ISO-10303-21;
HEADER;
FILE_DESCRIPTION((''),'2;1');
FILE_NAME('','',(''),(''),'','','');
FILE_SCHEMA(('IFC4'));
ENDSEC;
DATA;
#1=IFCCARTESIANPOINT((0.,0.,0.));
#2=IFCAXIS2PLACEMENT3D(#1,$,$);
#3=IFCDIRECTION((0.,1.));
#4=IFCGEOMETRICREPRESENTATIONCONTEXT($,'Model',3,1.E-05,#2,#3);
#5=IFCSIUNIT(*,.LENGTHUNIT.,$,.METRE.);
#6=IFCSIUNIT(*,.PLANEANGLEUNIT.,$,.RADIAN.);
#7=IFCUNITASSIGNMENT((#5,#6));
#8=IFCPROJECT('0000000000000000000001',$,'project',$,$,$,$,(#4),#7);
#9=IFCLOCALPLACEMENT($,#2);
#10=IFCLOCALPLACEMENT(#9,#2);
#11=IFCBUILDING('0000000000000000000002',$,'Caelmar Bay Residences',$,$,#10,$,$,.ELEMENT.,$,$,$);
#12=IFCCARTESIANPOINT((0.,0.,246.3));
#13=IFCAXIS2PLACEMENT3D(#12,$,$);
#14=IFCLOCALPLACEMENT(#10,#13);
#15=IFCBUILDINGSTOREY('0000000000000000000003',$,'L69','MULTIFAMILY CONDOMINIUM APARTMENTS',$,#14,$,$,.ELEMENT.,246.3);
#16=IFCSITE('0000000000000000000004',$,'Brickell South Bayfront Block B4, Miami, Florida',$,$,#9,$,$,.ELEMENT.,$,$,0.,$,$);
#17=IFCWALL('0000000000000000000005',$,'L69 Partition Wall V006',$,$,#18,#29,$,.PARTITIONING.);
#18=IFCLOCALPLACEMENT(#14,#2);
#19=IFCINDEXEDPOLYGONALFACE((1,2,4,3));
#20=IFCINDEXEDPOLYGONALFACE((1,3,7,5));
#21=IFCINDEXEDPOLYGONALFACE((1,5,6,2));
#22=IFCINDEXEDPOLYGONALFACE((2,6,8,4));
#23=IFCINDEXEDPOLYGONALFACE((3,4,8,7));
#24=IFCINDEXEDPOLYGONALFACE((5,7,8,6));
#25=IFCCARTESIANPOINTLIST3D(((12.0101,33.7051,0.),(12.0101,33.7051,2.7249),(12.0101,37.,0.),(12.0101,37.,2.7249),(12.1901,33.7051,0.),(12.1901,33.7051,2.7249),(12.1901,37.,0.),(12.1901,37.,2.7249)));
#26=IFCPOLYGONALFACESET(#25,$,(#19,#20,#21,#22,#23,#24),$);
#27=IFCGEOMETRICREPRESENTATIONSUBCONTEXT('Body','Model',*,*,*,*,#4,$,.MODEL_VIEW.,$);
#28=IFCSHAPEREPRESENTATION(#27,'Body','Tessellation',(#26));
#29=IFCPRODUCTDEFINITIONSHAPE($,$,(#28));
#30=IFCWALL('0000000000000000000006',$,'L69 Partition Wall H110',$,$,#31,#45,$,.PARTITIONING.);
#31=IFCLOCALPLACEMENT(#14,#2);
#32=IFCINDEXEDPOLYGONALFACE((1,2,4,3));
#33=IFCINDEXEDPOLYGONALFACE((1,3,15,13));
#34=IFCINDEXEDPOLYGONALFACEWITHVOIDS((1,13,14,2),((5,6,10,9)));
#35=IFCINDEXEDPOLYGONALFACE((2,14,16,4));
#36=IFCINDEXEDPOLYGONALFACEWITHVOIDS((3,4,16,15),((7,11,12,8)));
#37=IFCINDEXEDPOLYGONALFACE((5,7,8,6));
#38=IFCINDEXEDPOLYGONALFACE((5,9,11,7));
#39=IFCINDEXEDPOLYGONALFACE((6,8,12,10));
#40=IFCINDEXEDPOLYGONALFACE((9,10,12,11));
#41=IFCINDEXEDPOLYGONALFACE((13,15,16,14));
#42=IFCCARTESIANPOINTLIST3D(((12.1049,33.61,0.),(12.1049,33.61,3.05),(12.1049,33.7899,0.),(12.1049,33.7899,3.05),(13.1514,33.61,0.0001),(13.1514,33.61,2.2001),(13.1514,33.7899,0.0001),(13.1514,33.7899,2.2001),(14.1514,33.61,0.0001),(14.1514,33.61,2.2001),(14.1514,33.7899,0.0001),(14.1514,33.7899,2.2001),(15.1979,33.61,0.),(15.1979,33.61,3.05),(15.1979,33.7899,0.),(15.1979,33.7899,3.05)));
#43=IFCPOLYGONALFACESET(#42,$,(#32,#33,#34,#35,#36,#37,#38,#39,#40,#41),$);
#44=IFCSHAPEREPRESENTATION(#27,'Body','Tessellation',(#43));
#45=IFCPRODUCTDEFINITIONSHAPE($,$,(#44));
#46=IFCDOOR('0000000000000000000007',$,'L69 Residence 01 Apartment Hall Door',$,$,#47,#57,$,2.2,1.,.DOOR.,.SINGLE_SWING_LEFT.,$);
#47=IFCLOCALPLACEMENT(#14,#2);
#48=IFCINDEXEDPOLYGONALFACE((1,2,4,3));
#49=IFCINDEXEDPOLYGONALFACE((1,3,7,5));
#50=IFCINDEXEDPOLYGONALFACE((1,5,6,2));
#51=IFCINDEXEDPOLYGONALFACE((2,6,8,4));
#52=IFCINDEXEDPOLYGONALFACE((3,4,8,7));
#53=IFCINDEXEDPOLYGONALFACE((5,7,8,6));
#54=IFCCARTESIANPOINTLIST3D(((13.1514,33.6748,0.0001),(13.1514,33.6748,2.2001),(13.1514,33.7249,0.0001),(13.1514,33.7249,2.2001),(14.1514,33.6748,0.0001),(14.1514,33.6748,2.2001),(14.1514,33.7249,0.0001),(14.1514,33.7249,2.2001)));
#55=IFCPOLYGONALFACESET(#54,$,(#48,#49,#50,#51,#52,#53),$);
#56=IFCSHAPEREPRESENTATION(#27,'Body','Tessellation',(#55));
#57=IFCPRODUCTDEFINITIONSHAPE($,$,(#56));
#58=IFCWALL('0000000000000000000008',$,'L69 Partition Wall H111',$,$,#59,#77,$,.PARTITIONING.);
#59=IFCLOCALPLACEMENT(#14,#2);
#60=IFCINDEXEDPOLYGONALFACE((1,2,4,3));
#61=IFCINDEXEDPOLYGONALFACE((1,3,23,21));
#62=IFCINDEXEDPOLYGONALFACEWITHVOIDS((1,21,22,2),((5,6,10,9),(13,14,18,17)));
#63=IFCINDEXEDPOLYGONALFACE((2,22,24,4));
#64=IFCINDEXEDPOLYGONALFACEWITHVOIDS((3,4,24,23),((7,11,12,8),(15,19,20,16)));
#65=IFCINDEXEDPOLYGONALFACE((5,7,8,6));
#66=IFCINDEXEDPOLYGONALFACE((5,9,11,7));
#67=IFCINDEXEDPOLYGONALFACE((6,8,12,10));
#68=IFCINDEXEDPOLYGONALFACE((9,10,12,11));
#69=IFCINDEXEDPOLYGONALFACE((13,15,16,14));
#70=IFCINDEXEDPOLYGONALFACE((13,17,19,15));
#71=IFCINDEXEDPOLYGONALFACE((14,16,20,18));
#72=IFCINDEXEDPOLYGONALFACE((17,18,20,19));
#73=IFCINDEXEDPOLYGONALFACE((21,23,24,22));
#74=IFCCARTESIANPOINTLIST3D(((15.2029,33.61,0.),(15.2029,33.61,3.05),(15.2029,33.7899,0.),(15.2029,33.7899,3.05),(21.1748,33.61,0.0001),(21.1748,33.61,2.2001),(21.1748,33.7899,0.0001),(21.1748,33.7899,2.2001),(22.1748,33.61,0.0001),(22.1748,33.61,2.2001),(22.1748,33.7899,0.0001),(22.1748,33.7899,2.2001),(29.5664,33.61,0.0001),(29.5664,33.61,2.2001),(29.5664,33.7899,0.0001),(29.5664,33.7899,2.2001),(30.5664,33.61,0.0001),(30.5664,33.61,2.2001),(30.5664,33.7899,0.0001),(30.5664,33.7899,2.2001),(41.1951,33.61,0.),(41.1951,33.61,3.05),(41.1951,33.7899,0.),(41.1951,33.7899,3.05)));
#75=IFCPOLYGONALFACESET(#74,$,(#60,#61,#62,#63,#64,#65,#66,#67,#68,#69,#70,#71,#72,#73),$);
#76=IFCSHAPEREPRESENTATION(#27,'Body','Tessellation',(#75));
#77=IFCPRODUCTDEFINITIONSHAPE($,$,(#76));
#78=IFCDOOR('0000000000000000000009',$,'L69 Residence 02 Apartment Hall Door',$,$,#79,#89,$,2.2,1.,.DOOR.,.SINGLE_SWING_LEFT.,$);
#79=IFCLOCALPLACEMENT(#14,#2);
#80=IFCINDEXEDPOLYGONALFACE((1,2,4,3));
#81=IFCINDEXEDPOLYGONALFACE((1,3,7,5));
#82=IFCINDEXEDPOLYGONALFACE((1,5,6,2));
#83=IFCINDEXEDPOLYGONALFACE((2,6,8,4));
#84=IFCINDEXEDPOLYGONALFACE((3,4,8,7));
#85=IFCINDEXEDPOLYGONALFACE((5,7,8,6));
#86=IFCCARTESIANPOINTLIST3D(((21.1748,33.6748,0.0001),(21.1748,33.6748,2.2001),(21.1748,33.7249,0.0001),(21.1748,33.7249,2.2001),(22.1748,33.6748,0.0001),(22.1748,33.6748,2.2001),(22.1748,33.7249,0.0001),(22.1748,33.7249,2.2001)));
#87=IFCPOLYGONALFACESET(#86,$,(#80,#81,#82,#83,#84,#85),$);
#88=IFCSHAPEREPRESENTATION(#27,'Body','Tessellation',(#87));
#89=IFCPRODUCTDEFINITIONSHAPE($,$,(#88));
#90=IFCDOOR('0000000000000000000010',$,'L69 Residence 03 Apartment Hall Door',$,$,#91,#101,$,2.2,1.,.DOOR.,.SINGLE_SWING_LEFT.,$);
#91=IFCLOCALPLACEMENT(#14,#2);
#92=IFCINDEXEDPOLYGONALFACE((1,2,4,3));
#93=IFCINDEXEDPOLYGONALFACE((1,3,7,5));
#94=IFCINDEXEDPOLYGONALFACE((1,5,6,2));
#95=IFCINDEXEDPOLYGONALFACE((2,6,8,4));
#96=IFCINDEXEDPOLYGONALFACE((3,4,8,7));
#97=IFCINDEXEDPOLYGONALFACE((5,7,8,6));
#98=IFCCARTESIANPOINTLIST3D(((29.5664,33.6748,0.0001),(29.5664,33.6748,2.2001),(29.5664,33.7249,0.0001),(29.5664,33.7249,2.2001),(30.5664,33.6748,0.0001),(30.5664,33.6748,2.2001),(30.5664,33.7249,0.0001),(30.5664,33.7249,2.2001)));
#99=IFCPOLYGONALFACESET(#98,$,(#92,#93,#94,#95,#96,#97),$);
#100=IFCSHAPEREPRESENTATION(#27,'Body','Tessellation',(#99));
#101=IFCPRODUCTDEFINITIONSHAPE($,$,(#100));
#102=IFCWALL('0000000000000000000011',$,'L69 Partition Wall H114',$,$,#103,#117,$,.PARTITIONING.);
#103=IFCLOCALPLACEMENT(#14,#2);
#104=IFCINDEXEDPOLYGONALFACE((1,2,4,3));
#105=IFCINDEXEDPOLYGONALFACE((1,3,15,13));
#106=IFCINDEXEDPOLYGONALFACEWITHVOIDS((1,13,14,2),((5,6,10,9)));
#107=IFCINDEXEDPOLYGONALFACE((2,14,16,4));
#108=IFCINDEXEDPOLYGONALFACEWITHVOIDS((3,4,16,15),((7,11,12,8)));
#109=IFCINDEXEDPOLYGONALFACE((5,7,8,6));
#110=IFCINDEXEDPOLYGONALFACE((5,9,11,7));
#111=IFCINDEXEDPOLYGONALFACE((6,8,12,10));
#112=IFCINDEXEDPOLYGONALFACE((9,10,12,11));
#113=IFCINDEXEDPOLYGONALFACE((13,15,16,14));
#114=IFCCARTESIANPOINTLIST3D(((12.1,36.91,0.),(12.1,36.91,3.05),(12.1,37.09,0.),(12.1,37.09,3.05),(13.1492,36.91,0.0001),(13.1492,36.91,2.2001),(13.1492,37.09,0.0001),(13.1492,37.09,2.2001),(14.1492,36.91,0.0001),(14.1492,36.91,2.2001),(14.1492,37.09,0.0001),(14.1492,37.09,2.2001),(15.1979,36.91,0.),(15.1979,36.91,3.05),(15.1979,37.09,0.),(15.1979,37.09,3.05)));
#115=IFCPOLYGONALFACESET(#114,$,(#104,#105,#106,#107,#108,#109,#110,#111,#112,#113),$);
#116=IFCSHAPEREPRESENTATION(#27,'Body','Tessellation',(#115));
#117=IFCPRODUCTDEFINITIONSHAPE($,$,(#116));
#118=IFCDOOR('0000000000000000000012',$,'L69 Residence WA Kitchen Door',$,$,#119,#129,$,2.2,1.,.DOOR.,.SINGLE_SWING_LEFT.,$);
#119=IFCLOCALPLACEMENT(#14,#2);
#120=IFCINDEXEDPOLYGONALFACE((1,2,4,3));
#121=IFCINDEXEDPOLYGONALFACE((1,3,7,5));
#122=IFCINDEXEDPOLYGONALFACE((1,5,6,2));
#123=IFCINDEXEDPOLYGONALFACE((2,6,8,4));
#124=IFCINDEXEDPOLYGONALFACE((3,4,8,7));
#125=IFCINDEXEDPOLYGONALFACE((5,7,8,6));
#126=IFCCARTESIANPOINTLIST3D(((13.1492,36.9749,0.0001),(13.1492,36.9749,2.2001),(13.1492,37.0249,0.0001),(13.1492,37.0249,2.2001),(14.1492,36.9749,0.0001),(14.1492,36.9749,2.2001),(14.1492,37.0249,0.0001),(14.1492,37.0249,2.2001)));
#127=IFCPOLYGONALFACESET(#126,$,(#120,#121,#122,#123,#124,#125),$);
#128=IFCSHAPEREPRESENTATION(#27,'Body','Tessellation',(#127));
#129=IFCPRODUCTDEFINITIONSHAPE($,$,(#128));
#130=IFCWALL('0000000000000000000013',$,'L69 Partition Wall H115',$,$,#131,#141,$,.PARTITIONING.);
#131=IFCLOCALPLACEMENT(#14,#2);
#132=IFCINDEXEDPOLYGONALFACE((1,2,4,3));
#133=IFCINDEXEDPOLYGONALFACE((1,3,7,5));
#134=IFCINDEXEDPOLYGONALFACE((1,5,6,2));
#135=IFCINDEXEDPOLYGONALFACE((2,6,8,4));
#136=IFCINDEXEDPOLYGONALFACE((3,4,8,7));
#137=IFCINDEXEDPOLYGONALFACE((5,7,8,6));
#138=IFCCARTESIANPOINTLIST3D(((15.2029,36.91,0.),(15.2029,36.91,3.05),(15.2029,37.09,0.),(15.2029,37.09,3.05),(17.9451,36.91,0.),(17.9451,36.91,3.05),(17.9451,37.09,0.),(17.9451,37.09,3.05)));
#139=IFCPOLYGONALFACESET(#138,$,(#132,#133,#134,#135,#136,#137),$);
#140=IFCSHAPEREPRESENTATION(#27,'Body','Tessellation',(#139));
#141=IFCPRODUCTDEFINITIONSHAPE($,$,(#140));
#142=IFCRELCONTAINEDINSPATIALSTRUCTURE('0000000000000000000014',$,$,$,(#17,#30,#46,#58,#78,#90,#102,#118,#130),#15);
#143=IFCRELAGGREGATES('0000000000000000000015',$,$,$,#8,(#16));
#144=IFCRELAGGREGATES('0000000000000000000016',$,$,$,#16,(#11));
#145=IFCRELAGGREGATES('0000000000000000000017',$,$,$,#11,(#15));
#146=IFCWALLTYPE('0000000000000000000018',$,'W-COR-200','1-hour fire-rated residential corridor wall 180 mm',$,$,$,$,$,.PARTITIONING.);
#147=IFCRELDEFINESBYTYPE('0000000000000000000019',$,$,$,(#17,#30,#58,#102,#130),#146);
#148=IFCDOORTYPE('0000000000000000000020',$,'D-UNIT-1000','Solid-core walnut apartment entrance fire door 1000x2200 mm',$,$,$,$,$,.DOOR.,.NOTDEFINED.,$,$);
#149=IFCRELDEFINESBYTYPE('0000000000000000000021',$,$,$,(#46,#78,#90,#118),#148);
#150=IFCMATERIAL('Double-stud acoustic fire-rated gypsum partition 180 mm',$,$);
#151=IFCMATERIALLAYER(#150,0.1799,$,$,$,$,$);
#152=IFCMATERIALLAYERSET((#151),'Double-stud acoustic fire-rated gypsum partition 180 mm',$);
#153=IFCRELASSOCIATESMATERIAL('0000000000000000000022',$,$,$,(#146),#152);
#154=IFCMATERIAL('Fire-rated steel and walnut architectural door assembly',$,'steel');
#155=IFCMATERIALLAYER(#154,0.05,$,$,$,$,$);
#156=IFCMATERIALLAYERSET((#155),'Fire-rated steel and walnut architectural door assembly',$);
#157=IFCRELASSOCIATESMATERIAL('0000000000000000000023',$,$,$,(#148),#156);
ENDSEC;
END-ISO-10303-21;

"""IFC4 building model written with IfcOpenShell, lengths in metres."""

from ifc_helpers import new_model, si_unit, direction, frame, frame_2d, origin, place, context, subcontext, project, spatial, rectangle, extrude, material, layer, layer_set, type_object, element, fill, save


model = new_model("IFC4")

# Units and contexts
model_context = context("Model", 3, precision=1e-05, world=origin(), true_north=direction((0.0, 1.0)))
body_context = subcontext(model_context, "Body", "Model", "MODEL_VIEW")
ifc_project = project(units=[si_unit("LENGTHUNIT", "METRE"), si_unit("PLANEANGLEUNIT", "RADIAN")], contexts=[model_context])

# Site, building, storey
site_placement = place(None, origin())
site = spatial("IfcSite", under=ifc_project, at=site_placement, Name="Brickell South Bayfront Block B4, Miami, Florida", CompositionType="ELEMENT", RefElevation=0.0)
building_placement = place(site_placement, origin())
building = spatial("IfcBuilding", under=site, at=building_placement, Name="Caelmar Bay Residences", CompositionType="ELEMENT")
storey_placement = place(building_placement, frame((0.0, 0.0, 246.3)))
storey = spatial("IfcBuildingStorey", under=building, at=storey_placement, Name="L69", Description="MULTIFAMILY CONDOMINIUM APARTMENTS", CompositionType="ELEMENT", Elevation=246.3)

# Shared definitions
ifc_material_1 = material(Name="Fire-rated steel and walnut architectural door assembly", Category="steel")

# Wall
ifc_material_2 = material(Name="Double-stud acoustic fire-rated gypsum partition 180 mm")
ifc_layer_1 = layer(ifc_material_2, 0.1799)
ifc_layer_set_1 = layer_set([ifc_layer_1], Name="Double-stud acoustic fire-rated gypsum partition 180 mm")
wall_type_1 = type_object("IfcWallType", Name="W-COR-200", Description="1-hour fire-rated residential corridor wall 180 mm", PredefinedType="PARTITIONING", material=ifc_layer_set_1)
wall_1_placement = place(storey_placement, frame((12.1001, 33.7051, 0.0), z_axis=(0.0, 0.0, 1.0), x_axis=(0.0, 1.0, 0.0)))
element("IfcWall", 1, at=wall_1_placement, inside=storey, type_object=wall_type_1, Name="L69 Partition Wall V006", PredefinedType="PARTITIONING", context=body_context, shape_type="SweptSolid", body=[
    extrude(rectangle(XDim=3.2949, YDim=0.1799, at=frame_2d((1.6475, 0.0))), origin(), (0.0, 0.0, 1.0), 2.7249),
])

# Wall, opening, door
wall_2_placement = place(storey_placement, frame((12.105, 33.7, 0.0), z_axis=(0.0, 0.0, 1.0), x_axis=(1.0, 0.0, 0.0)))
wall_2 = element("IfcWall", 2, at=wall_2_placement, inside=storey, type_object=wall_type_1, Name="L69 Partition Wall H110", PredefinedType="PARTITIONING", context=body_context, shape_type="SweptSolid", body=[
    extrude(rectangle(XDim=3.093, YDim=0.1799, at=frame_2d((1.5464, 0.0))), origin(), (0.0, 0.0, 1.0), 3.05),
])
opening_1_placement = place(wall_2_placement, frame((1.0464, 0.0, 0.0)))
opening_1 = element("IfcOpeningElement", 3, at=opening_1_placement, cuts=wall_2, PredefinedType="OPENING", context=body_context, shape_type="SweptSolid", body=[
    extrude(rectangle(XDim=1.0, YDim=2.2, at=frame_2d((0.5, 1.1001))), frame((0.0, 0.0999, 0.0), z_axis=(0.0, -1.0, 0.0), x_axis=(1.0, 0.0, 0.0)), (0.0, 0.0, 1.0), 0.2),
])
ifc_layer_2 = layer(ifc_material_1, 0.05)
ifc_layer_set_2 = layer_set([ifc_layer_2], Name="Fire-rated steel and walnut architectural door assembly")
door_type_1 = type_object("IfcDoorType", Name="D-UNIT-1000", Description="Solid-core walnut apartment entrance fire door 1000x2200 mm", OperationType="NOTDEFINED", PredefinedType="DOOR", material=ifc_layer_set_2)
door_1_placement = place(opening_1_placement, origin())
door_1 = element("IfcDoor", 4, at=door_1_placement, inside=storey, type_object=door_type_1, Name="L69 Residence 01 Apartment Hall Door", OperationType="SINGLE_SWING_LEFT", OverallHeight=2.2, OverallWidth=1.0, PredefinedType="DOOR", context=body_context, shape_type="SweptSolid", body=[
    extrude(rectangle(XDim=1.0, YDim=2.2, at=frame_2d((0.5, 1.1001))), frame((0.0, 0.0249, 0.0), z_axis=(0.0, -1.0, 0.0), x_axis=(1.0, 0.0, 0.0)), (0.0, 0.0, 1.0), 0.05),
])
fill(opening_1, door_1)

# Wall, openings, doors
wall_3_placement = place(storey_placement, frame((15.2029, 33.7, 0.0), z_axis=(0.0, 0.0, 1.0), x_axis=(1.0, 0.0, 0.0)))
wall_3 = element("IfcWall", 5, at=wall_3_placement, inside=storey, type_object=wall_type_1, Name="L69 Partition Wall H111", PredefinedType="PARTITIONING", context=body_context, shape_type="SweptSolid", body=[
    extrude(rectangle(XDim=25.9922, YDim=0.1799, at=frame_2d((12.9961, 0.0))), origin(), (0.0, 0.0, 1.0), 3.05),
])
opening_2_placement = place(wall_3_placement, frame((5.9719, 0.0, 0.0)))
opening_2 = element("IfcOpeningElement", 6, at=opening_2_placement, cuts=wall_3, PredefinedType="OPENING", context=body_context, shape_type="SweptSolid", body=[
    extrude(rectangle(XDim=1.0, YDim=2.2, at=frame_2d((0.5, 1.1001))), frame((0.0, 0.0999, 0.0), z_axis=(0.0, -1.0, 0.0), x_axis=(1.0, 0.0, 0.0)), (0.0, 0.0, 1.0), 0.2),
])
opening_3_placement = place(wall_3_placement, frame((14.3635, 0.0, 0.0)))
opening_3 = element("IfcOpeningElement", 7, at=opening_3_placement, cuts=wall_3, PredefinedType="OPENING", context=body_context, shape_type="SweptSolid", body=[
    extrude(rectangle(XDim=1.0, YDim=2.2, at=frame_2d((0.5, 1.1001))), frame((0.0, 0.0999, 0.0), z_axis=(0.0, -1.0, 0.0), x_axis=(1.0, 0.0, 0.0)), (0.0, 0.0, 1.0), 0.2),
])
door_2_placement = place(opening_2_placement, origin())
door_2 = element("IfcDoor", 8, at=door_2_placement, inside=storey, type_object=door_type_1, Name="L69 Residence 02 Apartment Hall Door", OperationType="SINGLE_SWING_LEFT", OverallHeight=2.2, OverallWidth=1.0, PredefinedType="DOOR", context=body_context, shape_type="SweptSolid", body=[
    extrude(rectangle(XDim=1.0, YDim=2.2, at=frame_2d((0.5, 1.1001))), frame((0.0, 0.0249, 0.0), z_axis=(0.0, -1.0, 0.0), x_axis=(1.0, 0.0, 0.0)), (0.0, 0.0, 1.0), 0.05),
])
fill(opening_2, door_2)
door_3_placement = place(opening_3_placement, origin())
door_3 = element("IfcDoor", 9, at=door_3_placement, inside=storey, type_object=door_type_1, Name="L69 Residence 03 Apartment Hall Door", OperationType="SINGLE_SWING_LEFT", OverallHeight=2.2, OverallWidth=1.0, PredefinedType="DOOR", context=body_context, shape_type="SweptSolid", body=[
    extrude(rectangle(XDim=1.0, YDim=2.2, at=frame_2d((0.5, 1.1001))), frame((0.0, 0.0249, 0.0), z_axis=(0.0, -1.0, 0.0), x_axis=(1.0, 0.0, 0.0)), (0.0, 0.0, 1.0), 0.05),
])
fill(opening_3, door_3)

# Wall, opening, door
wall_4_placement = place(storey_placement, frame((12.1001, 37.0, 0.0), z_axis=(0.0, 0.0, 1.0), x_axis=(1.0, 0.0, 0.0)))
wall_4 = element("IfcWall", 10, at=wall_4_placement, inside=storey, type_object=wall_type_1, Name="L69 Partition Wall H114", PredefinedType="PARTITIONING", context=body_context, shape_type="SweptSolid", body=[
    extrude(rectangle(XDim=3.0979, YDim=0.1799, at=frame_2d((1.5488, 0.0))), origin(), (0.0, 0.0, 1.0), 3.05),
])
opening_4_placement = place(wall_4_placement, frame((1.0491, 0.0, 0.0)))
opening_4 = element("IfcOpeningElement", 11, at=opening_4_placement, cuts=wall_4, PredefinedType="OPENING", context=body_context, shape_type="SweptSolid", body=[
    extrude(rectangle(XDim=1.0, YDim=2.2, at=frame_2d((0.5, 1.1001))), frame((0.0, 0.0999, 0.0), z_axis=(0.0, -1.0, 0.0), x_axis=(1.0, 0.0, 0.0)), (0.0, 0.0, 1.0), 0.2),
])
door_4_placement = place(opening_4_placement, origin())
door_4 = element("IfcDoor", 12, at=door_4_placement, inside=storey, type_object=door_type_1, Name="L69 Residence WA Kitchen Door", OperationType="SINGLE_SWING_LEFT", OverallHeight=2.2, OverallWidth=1.0, PredefinedType="DOOR", context=body_context, shape_type="SweptSolid", body=[
    extrude(rectangle(XDim=1.0, YDim=2.2, at=frame_2d((0.5, 1.1001))), frame((0.0, 0.0249, 0.0), z_axis=(0.0, -1.0, 0.0), x_axis=(1.0, 0.0, 0.0)), (0.0, 0.0, 1.0), 0.05),
])
fill(opening_4, door_4)

# Wall
wall_5_placement = place(storey_placement, frame((15.2029, 37.0, 0.0), z_axis=(0.0, 0.0, 1.0), x_axis=(1.0, 0.0, 0.0)))
element("IfcWall", 13, at=wall_5_placement, inside=storey, type_object=wall_type_1, Name="L69 Partition Wall H115", PredefinedType="PARTITIONING", context=body_context, shape_type="SweptSolid", body=[
    extrude(rectangle(XDim=2.7422, YDim=0.1799, at=frame_2d((1.3711, 0.0))), origin(), (0.0, 0.0, 1.0), 3.05),
])

save(model, "model.ifc")
